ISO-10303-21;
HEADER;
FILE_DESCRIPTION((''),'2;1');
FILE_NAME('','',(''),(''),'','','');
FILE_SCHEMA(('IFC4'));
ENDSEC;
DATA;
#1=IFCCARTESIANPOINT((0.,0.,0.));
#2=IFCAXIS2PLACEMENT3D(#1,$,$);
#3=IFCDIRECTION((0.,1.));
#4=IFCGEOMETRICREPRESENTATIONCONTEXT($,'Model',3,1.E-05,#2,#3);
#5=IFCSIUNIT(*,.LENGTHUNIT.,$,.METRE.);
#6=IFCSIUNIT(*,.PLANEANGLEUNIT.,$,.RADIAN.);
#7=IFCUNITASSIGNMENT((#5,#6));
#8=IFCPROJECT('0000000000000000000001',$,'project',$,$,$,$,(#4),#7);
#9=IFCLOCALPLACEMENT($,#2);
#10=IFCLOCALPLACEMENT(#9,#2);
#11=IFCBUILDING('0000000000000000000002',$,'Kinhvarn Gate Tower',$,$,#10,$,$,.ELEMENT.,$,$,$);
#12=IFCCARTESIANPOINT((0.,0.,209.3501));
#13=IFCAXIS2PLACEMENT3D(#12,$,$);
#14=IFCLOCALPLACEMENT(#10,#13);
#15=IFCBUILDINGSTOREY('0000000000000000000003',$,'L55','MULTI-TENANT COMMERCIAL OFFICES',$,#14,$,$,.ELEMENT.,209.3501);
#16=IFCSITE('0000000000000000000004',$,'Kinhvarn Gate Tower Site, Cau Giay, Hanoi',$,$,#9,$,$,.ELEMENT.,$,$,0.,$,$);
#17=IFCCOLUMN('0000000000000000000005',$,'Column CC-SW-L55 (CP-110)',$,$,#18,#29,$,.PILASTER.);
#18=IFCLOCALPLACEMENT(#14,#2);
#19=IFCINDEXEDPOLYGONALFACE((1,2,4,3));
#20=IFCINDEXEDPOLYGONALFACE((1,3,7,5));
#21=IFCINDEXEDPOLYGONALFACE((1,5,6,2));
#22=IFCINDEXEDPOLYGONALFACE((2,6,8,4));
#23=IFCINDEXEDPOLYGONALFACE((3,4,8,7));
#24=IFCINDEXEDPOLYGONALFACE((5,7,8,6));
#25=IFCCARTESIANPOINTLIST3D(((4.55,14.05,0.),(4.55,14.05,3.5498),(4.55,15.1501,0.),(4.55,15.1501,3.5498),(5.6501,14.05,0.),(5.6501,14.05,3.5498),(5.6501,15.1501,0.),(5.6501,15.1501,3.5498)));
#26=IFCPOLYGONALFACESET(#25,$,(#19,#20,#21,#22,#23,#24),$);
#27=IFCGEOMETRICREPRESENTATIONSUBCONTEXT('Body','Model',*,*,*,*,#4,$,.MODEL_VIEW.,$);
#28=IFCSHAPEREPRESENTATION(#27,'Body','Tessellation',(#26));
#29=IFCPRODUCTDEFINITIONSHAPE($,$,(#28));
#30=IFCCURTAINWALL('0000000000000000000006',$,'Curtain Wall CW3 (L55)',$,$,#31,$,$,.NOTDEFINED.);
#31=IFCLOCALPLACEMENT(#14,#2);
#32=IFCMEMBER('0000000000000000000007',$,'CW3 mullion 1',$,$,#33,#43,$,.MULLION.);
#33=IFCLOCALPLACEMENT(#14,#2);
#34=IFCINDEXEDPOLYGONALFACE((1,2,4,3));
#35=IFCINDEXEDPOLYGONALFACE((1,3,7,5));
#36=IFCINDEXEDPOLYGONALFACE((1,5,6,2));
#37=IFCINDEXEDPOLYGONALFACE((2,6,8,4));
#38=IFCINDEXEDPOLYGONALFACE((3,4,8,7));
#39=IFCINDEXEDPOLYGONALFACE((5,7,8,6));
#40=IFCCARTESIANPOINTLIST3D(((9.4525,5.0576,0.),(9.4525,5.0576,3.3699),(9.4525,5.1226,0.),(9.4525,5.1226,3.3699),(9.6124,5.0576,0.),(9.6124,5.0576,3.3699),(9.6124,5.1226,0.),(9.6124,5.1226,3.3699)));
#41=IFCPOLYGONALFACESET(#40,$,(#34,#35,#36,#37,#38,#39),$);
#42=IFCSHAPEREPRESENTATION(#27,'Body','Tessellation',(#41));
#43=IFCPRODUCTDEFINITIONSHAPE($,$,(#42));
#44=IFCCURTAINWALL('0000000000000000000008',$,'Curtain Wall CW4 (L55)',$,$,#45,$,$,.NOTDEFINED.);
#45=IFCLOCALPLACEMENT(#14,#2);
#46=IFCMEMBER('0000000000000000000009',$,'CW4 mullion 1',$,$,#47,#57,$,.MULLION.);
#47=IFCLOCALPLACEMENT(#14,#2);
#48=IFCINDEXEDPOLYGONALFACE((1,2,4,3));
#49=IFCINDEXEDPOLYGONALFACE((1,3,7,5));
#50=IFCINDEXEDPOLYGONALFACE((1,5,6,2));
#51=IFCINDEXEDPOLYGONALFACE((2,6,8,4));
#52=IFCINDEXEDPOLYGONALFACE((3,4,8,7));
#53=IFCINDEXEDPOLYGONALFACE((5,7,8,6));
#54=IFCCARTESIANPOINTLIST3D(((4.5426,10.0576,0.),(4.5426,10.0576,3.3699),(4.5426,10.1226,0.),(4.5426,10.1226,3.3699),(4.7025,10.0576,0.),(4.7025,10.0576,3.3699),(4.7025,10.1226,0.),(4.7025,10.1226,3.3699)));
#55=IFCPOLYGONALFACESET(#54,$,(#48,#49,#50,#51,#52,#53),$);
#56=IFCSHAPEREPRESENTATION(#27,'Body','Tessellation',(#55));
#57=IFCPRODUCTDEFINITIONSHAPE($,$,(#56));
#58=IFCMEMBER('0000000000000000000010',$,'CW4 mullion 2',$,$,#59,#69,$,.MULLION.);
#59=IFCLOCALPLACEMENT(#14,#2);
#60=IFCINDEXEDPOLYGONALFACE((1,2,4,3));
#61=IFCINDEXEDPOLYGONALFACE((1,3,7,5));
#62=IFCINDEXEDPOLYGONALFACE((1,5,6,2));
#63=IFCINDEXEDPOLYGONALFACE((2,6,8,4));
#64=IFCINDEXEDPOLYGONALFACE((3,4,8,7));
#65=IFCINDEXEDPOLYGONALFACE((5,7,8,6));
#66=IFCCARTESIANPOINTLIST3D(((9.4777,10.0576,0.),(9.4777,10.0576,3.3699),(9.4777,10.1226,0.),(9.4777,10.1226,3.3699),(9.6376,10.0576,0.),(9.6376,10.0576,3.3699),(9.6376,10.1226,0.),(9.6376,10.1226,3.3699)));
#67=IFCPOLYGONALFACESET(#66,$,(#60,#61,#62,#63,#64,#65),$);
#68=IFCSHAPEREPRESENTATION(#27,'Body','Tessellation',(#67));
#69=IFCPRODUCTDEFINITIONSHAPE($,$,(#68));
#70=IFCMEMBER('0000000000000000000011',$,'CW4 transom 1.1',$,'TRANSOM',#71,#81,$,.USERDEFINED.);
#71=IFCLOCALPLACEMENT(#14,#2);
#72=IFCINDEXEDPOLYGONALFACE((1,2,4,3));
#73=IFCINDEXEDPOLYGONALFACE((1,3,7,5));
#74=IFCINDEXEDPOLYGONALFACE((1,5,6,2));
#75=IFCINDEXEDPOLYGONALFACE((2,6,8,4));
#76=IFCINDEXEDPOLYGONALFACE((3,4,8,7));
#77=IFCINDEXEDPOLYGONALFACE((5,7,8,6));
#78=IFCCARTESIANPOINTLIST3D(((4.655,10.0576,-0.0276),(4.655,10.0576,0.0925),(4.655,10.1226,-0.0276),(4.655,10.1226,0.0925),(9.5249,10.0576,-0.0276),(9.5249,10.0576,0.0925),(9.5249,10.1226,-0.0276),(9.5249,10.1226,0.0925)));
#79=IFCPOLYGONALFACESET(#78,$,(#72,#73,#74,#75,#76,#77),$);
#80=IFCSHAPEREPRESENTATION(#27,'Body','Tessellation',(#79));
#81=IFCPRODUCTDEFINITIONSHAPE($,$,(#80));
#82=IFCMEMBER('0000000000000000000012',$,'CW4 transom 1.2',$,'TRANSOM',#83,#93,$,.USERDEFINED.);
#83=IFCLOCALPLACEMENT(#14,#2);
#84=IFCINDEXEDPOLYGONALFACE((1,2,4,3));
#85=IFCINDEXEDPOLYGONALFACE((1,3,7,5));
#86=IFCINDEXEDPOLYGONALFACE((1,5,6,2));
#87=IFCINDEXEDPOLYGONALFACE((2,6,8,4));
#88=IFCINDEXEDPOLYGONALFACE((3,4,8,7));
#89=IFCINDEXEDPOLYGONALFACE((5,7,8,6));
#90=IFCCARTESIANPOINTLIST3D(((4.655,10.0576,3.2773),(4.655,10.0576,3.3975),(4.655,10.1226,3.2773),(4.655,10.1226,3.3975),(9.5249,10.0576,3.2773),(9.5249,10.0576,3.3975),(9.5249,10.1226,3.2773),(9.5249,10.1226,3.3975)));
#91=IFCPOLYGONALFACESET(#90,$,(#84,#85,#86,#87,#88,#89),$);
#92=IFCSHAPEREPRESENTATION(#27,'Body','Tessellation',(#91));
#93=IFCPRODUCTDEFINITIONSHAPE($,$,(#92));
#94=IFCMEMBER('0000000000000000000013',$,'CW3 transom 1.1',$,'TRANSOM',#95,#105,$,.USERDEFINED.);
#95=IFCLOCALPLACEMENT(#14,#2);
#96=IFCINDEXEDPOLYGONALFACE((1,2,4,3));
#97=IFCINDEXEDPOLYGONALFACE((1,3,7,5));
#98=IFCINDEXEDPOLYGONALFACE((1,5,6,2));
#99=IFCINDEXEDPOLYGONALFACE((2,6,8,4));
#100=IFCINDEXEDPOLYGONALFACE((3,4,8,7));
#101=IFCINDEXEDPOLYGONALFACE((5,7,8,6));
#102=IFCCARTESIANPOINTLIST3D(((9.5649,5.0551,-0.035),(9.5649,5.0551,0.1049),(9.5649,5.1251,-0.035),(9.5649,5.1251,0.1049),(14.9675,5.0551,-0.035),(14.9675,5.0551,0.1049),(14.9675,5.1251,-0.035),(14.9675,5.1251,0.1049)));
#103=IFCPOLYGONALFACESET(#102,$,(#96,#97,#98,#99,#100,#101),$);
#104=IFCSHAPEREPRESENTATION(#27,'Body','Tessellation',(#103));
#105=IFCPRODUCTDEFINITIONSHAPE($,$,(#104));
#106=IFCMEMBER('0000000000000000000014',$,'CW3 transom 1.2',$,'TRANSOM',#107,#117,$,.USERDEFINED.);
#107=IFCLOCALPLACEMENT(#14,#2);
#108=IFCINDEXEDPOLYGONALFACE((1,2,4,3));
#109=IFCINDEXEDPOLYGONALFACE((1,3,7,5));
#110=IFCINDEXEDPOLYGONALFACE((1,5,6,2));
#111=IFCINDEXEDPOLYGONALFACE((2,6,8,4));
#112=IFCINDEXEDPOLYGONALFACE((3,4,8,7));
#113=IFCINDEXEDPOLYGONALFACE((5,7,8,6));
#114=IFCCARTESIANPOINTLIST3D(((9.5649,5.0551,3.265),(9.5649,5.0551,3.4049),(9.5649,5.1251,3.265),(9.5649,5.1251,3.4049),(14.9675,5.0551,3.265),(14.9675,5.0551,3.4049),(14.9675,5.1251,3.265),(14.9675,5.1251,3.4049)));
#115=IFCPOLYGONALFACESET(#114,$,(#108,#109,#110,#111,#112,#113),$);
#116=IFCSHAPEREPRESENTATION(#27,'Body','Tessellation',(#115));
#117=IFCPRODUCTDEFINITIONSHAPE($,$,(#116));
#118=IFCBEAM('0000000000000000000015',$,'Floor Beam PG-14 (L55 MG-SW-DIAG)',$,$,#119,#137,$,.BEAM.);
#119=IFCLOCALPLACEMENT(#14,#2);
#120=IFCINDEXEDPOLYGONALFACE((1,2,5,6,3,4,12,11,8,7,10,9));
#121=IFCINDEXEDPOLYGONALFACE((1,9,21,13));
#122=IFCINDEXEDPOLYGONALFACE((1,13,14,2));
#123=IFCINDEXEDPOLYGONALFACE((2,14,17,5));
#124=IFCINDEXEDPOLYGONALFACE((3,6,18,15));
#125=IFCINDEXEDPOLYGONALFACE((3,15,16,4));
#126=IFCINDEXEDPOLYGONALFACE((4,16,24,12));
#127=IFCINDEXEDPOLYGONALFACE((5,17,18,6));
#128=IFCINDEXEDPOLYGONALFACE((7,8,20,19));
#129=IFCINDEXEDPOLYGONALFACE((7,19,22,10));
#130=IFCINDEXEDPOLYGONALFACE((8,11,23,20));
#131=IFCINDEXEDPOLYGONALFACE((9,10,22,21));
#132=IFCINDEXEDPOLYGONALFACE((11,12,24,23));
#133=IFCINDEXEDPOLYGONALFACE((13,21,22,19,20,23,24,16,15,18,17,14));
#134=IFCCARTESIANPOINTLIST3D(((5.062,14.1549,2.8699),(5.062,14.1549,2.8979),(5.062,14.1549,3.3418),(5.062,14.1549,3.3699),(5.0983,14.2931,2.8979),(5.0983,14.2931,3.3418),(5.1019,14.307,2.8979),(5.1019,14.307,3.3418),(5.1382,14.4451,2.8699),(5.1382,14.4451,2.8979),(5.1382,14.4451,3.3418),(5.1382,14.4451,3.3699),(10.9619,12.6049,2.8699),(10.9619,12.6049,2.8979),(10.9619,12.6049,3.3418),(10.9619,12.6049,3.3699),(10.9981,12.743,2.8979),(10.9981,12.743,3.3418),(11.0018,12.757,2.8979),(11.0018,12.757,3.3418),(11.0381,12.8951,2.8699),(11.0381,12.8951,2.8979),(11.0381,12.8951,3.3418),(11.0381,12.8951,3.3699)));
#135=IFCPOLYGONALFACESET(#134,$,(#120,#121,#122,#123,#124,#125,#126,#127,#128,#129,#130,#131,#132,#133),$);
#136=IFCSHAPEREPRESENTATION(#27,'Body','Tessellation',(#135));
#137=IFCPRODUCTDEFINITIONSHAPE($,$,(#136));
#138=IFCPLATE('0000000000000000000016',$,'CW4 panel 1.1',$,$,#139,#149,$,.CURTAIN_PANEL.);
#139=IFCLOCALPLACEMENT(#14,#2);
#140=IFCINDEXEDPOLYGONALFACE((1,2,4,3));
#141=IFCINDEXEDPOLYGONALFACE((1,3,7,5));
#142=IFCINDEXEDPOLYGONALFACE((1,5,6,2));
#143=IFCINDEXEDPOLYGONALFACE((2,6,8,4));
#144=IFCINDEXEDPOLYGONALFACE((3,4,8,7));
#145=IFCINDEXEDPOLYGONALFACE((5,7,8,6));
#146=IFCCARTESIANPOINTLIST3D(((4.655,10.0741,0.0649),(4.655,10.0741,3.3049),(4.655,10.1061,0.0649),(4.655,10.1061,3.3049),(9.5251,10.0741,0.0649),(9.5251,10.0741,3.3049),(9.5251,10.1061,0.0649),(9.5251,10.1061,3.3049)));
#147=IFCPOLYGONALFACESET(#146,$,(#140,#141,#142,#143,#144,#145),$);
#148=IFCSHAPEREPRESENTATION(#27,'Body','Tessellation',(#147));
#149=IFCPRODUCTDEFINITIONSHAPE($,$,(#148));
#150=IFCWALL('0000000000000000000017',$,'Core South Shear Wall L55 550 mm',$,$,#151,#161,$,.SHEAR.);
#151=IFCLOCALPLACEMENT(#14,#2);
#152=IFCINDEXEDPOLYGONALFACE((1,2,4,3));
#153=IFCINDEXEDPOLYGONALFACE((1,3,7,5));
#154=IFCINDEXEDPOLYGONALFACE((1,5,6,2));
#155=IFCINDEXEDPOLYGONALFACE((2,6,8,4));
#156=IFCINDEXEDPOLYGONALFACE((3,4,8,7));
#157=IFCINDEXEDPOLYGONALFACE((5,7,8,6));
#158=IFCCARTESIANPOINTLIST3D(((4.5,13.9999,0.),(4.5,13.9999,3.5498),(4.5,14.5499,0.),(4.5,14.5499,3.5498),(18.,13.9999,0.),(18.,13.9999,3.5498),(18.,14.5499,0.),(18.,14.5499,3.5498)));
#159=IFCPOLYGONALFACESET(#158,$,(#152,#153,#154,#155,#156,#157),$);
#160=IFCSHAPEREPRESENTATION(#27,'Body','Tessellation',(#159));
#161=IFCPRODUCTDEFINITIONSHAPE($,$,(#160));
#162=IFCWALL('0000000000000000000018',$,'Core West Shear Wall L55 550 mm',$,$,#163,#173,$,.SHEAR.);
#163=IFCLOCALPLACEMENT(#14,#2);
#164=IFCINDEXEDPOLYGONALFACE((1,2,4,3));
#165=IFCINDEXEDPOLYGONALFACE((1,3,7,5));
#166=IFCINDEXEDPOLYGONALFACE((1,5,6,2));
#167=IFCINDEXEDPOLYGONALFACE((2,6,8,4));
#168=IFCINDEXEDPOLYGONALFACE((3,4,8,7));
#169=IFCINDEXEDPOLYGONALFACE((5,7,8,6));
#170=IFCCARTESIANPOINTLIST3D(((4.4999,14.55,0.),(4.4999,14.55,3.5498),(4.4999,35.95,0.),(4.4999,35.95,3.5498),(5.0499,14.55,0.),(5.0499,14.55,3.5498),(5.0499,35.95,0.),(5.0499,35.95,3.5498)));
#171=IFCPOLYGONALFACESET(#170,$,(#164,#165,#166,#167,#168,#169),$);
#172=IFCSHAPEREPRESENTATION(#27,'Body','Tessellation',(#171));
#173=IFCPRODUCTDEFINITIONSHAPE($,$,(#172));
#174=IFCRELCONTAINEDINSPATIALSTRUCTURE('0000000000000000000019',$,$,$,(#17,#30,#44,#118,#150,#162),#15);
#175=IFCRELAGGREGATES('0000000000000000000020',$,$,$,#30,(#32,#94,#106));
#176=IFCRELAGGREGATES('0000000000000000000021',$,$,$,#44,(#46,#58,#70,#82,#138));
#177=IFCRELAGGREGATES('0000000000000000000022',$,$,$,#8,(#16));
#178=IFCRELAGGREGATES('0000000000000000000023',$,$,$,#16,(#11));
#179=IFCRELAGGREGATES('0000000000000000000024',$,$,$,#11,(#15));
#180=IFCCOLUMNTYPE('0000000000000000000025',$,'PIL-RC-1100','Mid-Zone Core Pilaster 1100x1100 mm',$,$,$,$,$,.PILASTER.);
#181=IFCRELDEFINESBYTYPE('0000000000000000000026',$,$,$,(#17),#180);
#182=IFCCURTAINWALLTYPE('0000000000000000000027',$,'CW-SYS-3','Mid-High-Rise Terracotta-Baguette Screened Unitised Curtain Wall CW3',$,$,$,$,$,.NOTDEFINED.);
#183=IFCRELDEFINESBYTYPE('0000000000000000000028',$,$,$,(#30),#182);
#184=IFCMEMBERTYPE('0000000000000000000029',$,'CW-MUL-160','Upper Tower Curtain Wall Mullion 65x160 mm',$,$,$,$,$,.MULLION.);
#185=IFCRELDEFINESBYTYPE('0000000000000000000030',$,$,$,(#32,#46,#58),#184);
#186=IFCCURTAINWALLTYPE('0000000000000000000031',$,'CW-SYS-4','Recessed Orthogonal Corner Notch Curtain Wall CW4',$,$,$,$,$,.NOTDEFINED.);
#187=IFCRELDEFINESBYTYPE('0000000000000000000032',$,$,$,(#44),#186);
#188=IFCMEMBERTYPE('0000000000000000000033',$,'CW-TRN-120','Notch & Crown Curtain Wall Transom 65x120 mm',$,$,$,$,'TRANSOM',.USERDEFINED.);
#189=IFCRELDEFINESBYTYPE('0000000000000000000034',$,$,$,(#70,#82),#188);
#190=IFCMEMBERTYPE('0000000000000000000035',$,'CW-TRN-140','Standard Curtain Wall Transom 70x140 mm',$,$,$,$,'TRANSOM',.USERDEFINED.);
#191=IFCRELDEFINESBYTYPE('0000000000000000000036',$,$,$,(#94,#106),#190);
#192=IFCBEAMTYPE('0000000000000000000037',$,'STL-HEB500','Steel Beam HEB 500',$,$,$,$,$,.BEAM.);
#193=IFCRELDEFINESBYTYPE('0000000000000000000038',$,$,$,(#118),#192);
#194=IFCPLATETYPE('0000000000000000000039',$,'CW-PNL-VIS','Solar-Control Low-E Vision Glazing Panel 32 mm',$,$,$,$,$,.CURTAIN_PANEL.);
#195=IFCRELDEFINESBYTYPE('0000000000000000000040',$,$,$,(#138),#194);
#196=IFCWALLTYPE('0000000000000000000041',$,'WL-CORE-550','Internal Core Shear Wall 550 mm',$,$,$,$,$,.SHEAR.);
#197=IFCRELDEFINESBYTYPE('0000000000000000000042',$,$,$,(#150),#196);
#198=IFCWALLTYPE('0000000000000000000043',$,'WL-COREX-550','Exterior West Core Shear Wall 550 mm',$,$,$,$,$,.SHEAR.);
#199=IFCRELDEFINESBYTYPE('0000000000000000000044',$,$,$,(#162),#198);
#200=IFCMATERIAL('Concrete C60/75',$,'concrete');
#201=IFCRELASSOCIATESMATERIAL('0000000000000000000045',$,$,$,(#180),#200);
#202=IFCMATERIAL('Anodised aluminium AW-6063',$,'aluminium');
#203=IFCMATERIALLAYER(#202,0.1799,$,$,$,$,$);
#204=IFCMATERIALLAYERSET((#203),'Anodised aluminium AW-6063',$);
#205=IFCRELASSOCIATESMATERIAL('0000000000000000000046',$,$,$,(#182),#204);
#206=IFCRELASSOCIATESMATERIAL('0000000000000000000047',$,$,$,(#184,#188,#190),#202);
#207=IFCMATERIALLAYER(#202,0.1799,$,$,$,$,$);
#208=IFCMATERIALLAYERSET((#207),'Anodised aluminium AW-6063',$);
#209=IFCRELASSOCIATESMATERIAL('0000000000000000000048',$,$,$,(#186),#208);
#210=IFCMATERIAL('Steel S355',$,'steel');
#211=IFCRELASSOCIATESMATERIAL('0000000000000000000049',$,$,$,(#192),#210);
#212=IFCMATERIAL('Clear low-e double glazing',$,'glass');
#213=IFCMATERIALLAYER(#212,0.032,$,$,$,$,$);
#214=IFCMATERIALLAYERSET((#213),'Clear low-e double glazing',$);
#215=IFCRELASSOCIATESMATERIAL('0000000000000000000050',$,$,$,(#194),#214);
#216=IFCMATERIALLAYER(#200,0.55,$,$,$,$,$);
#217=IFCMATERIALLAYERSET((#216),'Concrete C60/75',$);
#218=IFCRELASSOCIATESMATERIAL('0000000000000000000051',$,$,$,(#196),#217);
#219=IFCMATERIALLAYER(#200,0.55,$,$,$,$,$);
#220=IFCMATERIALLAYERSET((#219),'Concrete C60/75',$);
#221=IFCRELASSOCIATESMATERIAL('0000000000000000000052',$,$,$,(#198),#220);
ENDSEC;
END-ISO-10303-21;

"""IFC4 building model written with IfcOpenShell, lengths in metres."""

from ifc_helpers import new_model, si_unit, direction, frame, frame_2d, origin, origin_2d, place, context, subcontext, project, spatial, rectangle, i_section, extrude, material, layer, layer_set, material_profile, profile_set, type_object, element, aggregate, save


model = new_model("IFC4")

# Units and contexts
model_context = context("Model", 3, precision=1e-05, world=origin(), true_north=direction((0.0, 1.0)))
body_context = subcontext(model_context, "Body", "Model", "MODEL_VIEW")
ifc_project = project(units=[si_unit("LENGTHUNIT", "METRE"), si_unit("PLANEANGLEUNIT", "RADIAN")], contexts=[model_context])

# Site, building, storey
site_placement = place(None, origin())
site = spatial("IfcSite", under=ifc_project, at=site_placement, Name="Kinhvarn Gate Tower Site, Cau Giay, Hanoi", CompositionType="ELEMENT", RefElevation=0.0)
building_placement = place(site_placement, origin())
building = spatial("IfcBuilding", under=site, at=building_placement, Name="Kinhvarn Gate Tower", CompositionType="ELEMENT")
storey_placement = place(building_placement, frame((0.0, 0.0, 209.3501)))
storey = spatial("IfcBuildingStorey", under=building, at=storey_placement, Name="L55", Description="MULTI-TENANT COMMERCIAL OFFICES", CompositionType="ELEMENT", Elevation=209.3501)

# Column
ifc_material_1 = material(Name="Concrete C60/75", Category="concrete")
ifc_material_profile_1 = material_profile(ifc_material_1, rectangle(XDim=1.1001, YDim=1.1001, at=origin_2d()), Name="RC 1100x1100")
ifc_profile_set_1 = profile_set([ifc_material_profile_1], Name="Concrete C60/75")
column_type = type_object("IfcColumnType", Name="PIL-RC-1100", Description="Mid-Zone Core Pilaster 1100x1100 mm", PredefinedType="PILASTER", material=ifc_profile_set_1)
column_placement = place(storey_placement, frame((5.1001, 14.6001, 0.0), z_axis=(0.0, 0.0, 1.0), x_axis=(1.0, 0.0, 0.0)))
element("IfcColumn", 1, at=column_placement, inside=storey, type_object=column_type, Name="Column CC-SW-L55 (CP-110)", PredefinedType="PILASTER", context=body_context, shape_type="SweptSolid", body=[
    extrude(rectangle(XDim=1.1001, YDim=1.1001, at=origin_2d()), origin(), (0.0, 0.0, 1.0), 3.5498),
])

# Curtain wall, member
ifc_material_2 = material(Name="Anodised aluminium AW-6063", Category="aluminium")
ifc_layer_1 = layer(ifc_material_2, 0.1799)
ifc_layer_set_1 = layer_set([ifc_layer_1], Name="Anodised aluminium AW-6063")
curtain_wall_type_1 = type_object("IfcCurtainWallType", Name="CW-SYS-3", Description="Mid-High-Rise Terracotta-Baguette Screened Unitised Curtain Wall CW3", PredefinedType="NOTDEFINED", material=ifc_layer_set_1)
curtain_wall_1_placement = place(storey_placement, origin())
curtain_wall_1 = element("IfcCurtainWall", 2, at=curtain_wall_1_placement, inside=storey, type_object=curtain_wall_type_1, Name="Curtain Wall CW3 (L55)", PredefinedType="NOTDEFINED")
ifc_material_profile_2 = material_profile(ifc_material_2, rectangle(XDim=0.0649, YDim=0.1599, at=origin_2d()), Name="ALU 65x160")
ifc_profile_set_2 = profile_set([ifc_material_profile_2], Name="Anodised aluminium AW-6063")
member_type_1 = type_object("IfcMemberType", Name="CW-MUL-160", Description="Upper Tower Curtain Wall Mullion 65x160 mm", PredefinedType="MULLION", material=ifc_profile_set_2)
member_1_placement = place(storey_placement, frame((9.5325, 5.0901, 0.0), z_axis=(0.0, 0.0, 1.0), x_axis=(0.0, 1.0, 0.0)))
member_1 = element("IfcMember", 3, at=member_1_placement, type_object=member_type_1, Name="CW3 mullion 1", PredefinedType="MULLION", context=body_context, shape_type="SweptSolid", body=[
    extrude(rectangle(XDim=0.0649, YDim=0.1599, at=origin_2d()), origin(), (0.0, 0.0, 1.0), 3.3699),
])

# Curtain wall, members
ifc_layer_2 = layer(ifc_material_2, 0.1799)
ifc_layer_set_2 = layer_set([ifc_layer_2], Name="Anodised aluminium AW-6063")
curtain_wall_type_2 = type_object("IfcCurtainWallType", Name="CW-SYS-4", Description="Recessed Orthogonal Corner Notch Curtain Wall CW4", PredefinedType="NOTDEFINED", material=ifc_layer_set_2)
curtain_wall_2_placement = place(storey_placement, origin())
curtain_wall_2 = element("IfcCurtainWall", 4, at=curtain_wall_2_placement, inside=storey, type_object=curtain_wall_type_2, Name="Curtain Wall CW4 (L55)", PredefinedType="NOTDEFINED")
member_2_placement = place(storey_placement, frame((4.6226, 10.0901, 0.0), z_axis=(0.0, 0.0, 1.0), x_axis=(0.0, 1.0, 0.0)))
member_2 = element("IfcMember", 5, at=member_2_placement, type_object=member_type_1, Name="CW4 mullion 1", PredefinedType="MULLION", context=body_context, shape_type="SweptSolid", body=[
    extrude(rectangle(XDim=0.0649, YDim=0.1599, at=origin_2d()), origin(), (0.0, 0.0, 1.0), 3.3699),
])
member_3_placement = place(storey_placement, frame((9.5576, 10.0901, 0.0), z_axis=(0.0, 0.0, 1.0), x_axis=(0.0, 1.0, 0.0)))
member_3 = element("IfcMember", 6, at=member_3_placement, type_object=member_type_1, Name="CW4 mullion 2", PredefinedType="MULLION", context=body_context, shape_type="SweptSolid", body=[
    extrude(rectangle(XDim=0.0649, YDim=0.1599, at=origin_2d()), origin(), (0.0, 0.0, 1.0), 3.3699),
])
ifc_material_profile_3 = material_profile(ifc_material_2, rectangle(XDim=0.0649, YDim=0.1201, at=origin_2d()), Name="ALU 65x120")
ifc_profile_set_3 = profile_set([ifc_material_profile_3], Name="Anodised aluminium AW-6063")
member_type_2 = type_object("IfcMemberType", Name="CW-TRN-120", Description="Notch & Crown Curtain Wall Transom 65x120 mm", ElementType="TRANSOM", PredefinedType="USERDEFINED", material=ifc_profile_set_3)
member_4_placement = place(storey_placement, frame((4.655, 10.0901, 0.0325), z_axis=(1.0, 0.0, 0.0), x_axis=(0.0, 1.0, 0.0)))
member_4 = element("IfcMember", 7, at=member_4_placement, type_object=member_type_2, Name="CW4 transom 1.1", ObjectType="TRANSOM", PredefinedType="USERDEFINED", context=body_context, shape_type="SweptSolid", body=[
    extrude(rectangle(XDim=0.0649, YDim=0.1201, at=origin_2d()), origin(), (0.0, 0.0, 1.0), 4.8699),
])
member_5_placement = place(storey_placement, frame((4.655, 10.0901, 3.3374), z_axis=(1.0, 0.0, 0.0), x_axis=(0.0, 1.0, 0.0)))
member_5 = element("IfcMember", 8, at=member_5_placement, type_object=member_type_2, Name="CW4 transom 1.2", ObjectType="TRANSOM", PredefinedType="USERDEFINED", context=body_context, shape_type="SweptSolid", body=[
    extrude(rectangle(XDim=0.0649, YDim=0.1201, at=origin_2d()), origin(), (0.0, 0.0, 1.0), 4.8699),
])

# Members
ifc_material_profile_4 = material_profile(ifc_material_2, rectangle(XDim=0.0701, YDim=0.1399, at=origin_2d()), Name="ALU 70x140")
ifc_profile_set_4 = profile_set([ifc_material_profile_4], Name="Anodised aluminium AW-6063")
member_type_3 = type_object("IfcMemberType", Name="CW-TRN-140", Description="Standard Curtain Wall Transom 70x140 mm", ElementType="TRANSOM", PredefinedType="USERDEFINED", material=ifc_profile_set_4)
member_6_placement = place(storey_placement, frame((9.5649, 5.0901, 0.0349), z_axis=(1.0, 0.0, 0.0), x_axis=(0.0, 1.0, 0.0)))
member_6 = element("IfcMember", 9, at=member_6_placement, type_object=member_type_3, Name="CW3 transom 1.1", ObjectType="TRANSOM", PredefinedType="USERDEFINED", context=body_context, shape_type="SweptSolid", body=[
    extrude(rectangle(XDim=0.0701, YDim=0.1399, at=origin_2d()), origin(), (0.0, 0.0, 1.0), 5.4026),
])
member_7_placement = place(storey_placement, frame((9.5649, 5.0901, 3.335), z_axis=(1.0, 0.0, 0.0), x_axis=(0.0, 1.0, 0.0)))
member_7 = element("IfcMember", 10, at=member_7_placement, type_object=member_type_3, Name="CW3 transom 1.2", ObjectType="TRANSOM", PredefinedType="USERDEFINED", context=body_context, shape_type="SweptSolid", body=[
    extrude(rectangle(XDim=0.0701, YDim=0.1399, at=origin_2d()), origin(), (0.0, 0.0, 1.0), 5.4026),
])
aggregate(curtain_wall_1, [member_1, member_6, member_7])

# Beam
ifc_material_3 = material(Name="Steel S355", Category="steel")
ifc_material_profile_5 = material_profile(ifc_material_3, i_section(OverallWidth=0.3, OverallDepth=0.5, WebThickness=0.0144, FlangeThickness=0.0281, at=origin_2d()), Name="HEB 500")
ifc_profile_set_5 = profile_set([ifc_material_profile_5], Name="Steel S355")
beam_type = type_object("IfcBeamType", Name="STL-HEB500", Description="Steel Beam HEB 500", PredefinedType="BEAM", material=ifc_profile_set_5)
beam_placement = place(storey_placement, frame((5.1001, 14.3, 3.1199), z_axis=(0.967178, -0.254101, 0.0), x_axis=(0.254101, 0.967178, 0.0)))
element("IfcBeam", 11, at=beam_placement, inside=storey, type_object=beam_type, Name="Floor Beam PG-14 (L55 MG-SW-DIAG)", PredefinedType="BEAM", context=body_context, shape_type="SweptSolid", body=[
    extrude(i_section(OverallWidth=0.3, OverallDepth=0.5, WebThickness=0.0144, FlangeThickness=0.0281, at=origin_2d()), origin(), (0.0, 0.0, 1.0), 6.1001),
])

# Plate
ifc_material_4 = material(Name="Clear low-e double glazing", Category="glass")
ifc_layer_3 = layer(ifc_material_4, 0.032)
ifc_layer_set_3 = layer_set([ifc_layer_3], Name="Clear low-e double glazing")
plate_type = type_object("IfcPlateType", Name="CW-PNL-VIS", Description="Solar-Control Low-E Vision Glazing Panel 32 mm", PredefinedType="CURTAIN_PANEL", material=ifc_layer_set_3)
plate_placement = place(storey_placement, frame((7.0901, 10.0901, 0.0649), z_axis=(0.0, 0.0, 1.0), x_axis=(1.0, 0.0, 0.0)))
plate = element("IfcPlate", 12, at=plate_placement, type_object=plate_type, Name="CW4 panel 1.1", PredefinedType="CURTAIN_PANEL", context=body_context, shape_type="SweptSolid", body=[
    extrude(rectangle(XDim=4.8701, YDim=0.032, at=origin_2d()), origin(), (0.0, 0.0, 1.0), 3.24),
])
aggregate(curtain_wall_2, [member_2, member_3, member_4, member_5, plate])

# Walls
ifc_layer_4 = layer(ifc_material_1, 0.55)
ifc_layer_set_4 = layer_set([ifc_layer_4], Name="Concrete C60/75")
wall_type_1 = type_object("IfcWallType", Name="WL-CORE-550", Description="Internal Core Shear Wall 550 mm", PredefinedType="SHEAR", material=ifc_layer_set_4)
wall_1_placement = place(storey_placement, frame((4.5, 14.2749, 0.0), z_axis=(0.0, 0.0, 1.0), x_axis=(1.0, 0.0, 0.0)))
element("IfcWall", 13, at=wall_1_placement, inside=storey, type_object=wall_type_1, Name="Core South Shear Wall L55 550 mm", PredefinedType="SHEAR", context=body_context, shape_type="SweptSolid", body=[
    extrude(rectangle(XDim=13.5, YDim=0.55, at=frame_2d((6.75, 0.0))), origin(), (0.0, 0.0, 1.0), 3.5498),
])
ifc_layer_5 = layer(ifc_material_1, 0.55)
ifc_layer_set_5 = layer_set([ifc_layer_5], Name="Concrete C60/75")
wall_type_2 = type_object("IfcWallType", Name="WL-COREX-550", Description="Exterior West Core Shear Wall 550 mm", PredefinedType="SHEAR", material=ifc_layer_set_5)
wall_2_placement = place(storey_placement, frame((4.7749, 14.55, 0.0), z_axis=(0.0, 0.0, 1.0), x_axis=(0.0, 1.0, 0.0)))
element("IfcWall", 14, at=wall_2_placement, inside=storey, type_object=wall_type_2, Name="Core West Shear Wall L55 550 mm", PredefinedType="SHEAR", context=body_context, shape_type="SweptSolid", body=[
    extrude(rectangle(XDim=21.3999, YDim=0.55, at=frame_2d((10.7, 0.0))), origin(), (0.0, 0.0, 1.0), 3.5498),
])

save(model, "model.ifc")
